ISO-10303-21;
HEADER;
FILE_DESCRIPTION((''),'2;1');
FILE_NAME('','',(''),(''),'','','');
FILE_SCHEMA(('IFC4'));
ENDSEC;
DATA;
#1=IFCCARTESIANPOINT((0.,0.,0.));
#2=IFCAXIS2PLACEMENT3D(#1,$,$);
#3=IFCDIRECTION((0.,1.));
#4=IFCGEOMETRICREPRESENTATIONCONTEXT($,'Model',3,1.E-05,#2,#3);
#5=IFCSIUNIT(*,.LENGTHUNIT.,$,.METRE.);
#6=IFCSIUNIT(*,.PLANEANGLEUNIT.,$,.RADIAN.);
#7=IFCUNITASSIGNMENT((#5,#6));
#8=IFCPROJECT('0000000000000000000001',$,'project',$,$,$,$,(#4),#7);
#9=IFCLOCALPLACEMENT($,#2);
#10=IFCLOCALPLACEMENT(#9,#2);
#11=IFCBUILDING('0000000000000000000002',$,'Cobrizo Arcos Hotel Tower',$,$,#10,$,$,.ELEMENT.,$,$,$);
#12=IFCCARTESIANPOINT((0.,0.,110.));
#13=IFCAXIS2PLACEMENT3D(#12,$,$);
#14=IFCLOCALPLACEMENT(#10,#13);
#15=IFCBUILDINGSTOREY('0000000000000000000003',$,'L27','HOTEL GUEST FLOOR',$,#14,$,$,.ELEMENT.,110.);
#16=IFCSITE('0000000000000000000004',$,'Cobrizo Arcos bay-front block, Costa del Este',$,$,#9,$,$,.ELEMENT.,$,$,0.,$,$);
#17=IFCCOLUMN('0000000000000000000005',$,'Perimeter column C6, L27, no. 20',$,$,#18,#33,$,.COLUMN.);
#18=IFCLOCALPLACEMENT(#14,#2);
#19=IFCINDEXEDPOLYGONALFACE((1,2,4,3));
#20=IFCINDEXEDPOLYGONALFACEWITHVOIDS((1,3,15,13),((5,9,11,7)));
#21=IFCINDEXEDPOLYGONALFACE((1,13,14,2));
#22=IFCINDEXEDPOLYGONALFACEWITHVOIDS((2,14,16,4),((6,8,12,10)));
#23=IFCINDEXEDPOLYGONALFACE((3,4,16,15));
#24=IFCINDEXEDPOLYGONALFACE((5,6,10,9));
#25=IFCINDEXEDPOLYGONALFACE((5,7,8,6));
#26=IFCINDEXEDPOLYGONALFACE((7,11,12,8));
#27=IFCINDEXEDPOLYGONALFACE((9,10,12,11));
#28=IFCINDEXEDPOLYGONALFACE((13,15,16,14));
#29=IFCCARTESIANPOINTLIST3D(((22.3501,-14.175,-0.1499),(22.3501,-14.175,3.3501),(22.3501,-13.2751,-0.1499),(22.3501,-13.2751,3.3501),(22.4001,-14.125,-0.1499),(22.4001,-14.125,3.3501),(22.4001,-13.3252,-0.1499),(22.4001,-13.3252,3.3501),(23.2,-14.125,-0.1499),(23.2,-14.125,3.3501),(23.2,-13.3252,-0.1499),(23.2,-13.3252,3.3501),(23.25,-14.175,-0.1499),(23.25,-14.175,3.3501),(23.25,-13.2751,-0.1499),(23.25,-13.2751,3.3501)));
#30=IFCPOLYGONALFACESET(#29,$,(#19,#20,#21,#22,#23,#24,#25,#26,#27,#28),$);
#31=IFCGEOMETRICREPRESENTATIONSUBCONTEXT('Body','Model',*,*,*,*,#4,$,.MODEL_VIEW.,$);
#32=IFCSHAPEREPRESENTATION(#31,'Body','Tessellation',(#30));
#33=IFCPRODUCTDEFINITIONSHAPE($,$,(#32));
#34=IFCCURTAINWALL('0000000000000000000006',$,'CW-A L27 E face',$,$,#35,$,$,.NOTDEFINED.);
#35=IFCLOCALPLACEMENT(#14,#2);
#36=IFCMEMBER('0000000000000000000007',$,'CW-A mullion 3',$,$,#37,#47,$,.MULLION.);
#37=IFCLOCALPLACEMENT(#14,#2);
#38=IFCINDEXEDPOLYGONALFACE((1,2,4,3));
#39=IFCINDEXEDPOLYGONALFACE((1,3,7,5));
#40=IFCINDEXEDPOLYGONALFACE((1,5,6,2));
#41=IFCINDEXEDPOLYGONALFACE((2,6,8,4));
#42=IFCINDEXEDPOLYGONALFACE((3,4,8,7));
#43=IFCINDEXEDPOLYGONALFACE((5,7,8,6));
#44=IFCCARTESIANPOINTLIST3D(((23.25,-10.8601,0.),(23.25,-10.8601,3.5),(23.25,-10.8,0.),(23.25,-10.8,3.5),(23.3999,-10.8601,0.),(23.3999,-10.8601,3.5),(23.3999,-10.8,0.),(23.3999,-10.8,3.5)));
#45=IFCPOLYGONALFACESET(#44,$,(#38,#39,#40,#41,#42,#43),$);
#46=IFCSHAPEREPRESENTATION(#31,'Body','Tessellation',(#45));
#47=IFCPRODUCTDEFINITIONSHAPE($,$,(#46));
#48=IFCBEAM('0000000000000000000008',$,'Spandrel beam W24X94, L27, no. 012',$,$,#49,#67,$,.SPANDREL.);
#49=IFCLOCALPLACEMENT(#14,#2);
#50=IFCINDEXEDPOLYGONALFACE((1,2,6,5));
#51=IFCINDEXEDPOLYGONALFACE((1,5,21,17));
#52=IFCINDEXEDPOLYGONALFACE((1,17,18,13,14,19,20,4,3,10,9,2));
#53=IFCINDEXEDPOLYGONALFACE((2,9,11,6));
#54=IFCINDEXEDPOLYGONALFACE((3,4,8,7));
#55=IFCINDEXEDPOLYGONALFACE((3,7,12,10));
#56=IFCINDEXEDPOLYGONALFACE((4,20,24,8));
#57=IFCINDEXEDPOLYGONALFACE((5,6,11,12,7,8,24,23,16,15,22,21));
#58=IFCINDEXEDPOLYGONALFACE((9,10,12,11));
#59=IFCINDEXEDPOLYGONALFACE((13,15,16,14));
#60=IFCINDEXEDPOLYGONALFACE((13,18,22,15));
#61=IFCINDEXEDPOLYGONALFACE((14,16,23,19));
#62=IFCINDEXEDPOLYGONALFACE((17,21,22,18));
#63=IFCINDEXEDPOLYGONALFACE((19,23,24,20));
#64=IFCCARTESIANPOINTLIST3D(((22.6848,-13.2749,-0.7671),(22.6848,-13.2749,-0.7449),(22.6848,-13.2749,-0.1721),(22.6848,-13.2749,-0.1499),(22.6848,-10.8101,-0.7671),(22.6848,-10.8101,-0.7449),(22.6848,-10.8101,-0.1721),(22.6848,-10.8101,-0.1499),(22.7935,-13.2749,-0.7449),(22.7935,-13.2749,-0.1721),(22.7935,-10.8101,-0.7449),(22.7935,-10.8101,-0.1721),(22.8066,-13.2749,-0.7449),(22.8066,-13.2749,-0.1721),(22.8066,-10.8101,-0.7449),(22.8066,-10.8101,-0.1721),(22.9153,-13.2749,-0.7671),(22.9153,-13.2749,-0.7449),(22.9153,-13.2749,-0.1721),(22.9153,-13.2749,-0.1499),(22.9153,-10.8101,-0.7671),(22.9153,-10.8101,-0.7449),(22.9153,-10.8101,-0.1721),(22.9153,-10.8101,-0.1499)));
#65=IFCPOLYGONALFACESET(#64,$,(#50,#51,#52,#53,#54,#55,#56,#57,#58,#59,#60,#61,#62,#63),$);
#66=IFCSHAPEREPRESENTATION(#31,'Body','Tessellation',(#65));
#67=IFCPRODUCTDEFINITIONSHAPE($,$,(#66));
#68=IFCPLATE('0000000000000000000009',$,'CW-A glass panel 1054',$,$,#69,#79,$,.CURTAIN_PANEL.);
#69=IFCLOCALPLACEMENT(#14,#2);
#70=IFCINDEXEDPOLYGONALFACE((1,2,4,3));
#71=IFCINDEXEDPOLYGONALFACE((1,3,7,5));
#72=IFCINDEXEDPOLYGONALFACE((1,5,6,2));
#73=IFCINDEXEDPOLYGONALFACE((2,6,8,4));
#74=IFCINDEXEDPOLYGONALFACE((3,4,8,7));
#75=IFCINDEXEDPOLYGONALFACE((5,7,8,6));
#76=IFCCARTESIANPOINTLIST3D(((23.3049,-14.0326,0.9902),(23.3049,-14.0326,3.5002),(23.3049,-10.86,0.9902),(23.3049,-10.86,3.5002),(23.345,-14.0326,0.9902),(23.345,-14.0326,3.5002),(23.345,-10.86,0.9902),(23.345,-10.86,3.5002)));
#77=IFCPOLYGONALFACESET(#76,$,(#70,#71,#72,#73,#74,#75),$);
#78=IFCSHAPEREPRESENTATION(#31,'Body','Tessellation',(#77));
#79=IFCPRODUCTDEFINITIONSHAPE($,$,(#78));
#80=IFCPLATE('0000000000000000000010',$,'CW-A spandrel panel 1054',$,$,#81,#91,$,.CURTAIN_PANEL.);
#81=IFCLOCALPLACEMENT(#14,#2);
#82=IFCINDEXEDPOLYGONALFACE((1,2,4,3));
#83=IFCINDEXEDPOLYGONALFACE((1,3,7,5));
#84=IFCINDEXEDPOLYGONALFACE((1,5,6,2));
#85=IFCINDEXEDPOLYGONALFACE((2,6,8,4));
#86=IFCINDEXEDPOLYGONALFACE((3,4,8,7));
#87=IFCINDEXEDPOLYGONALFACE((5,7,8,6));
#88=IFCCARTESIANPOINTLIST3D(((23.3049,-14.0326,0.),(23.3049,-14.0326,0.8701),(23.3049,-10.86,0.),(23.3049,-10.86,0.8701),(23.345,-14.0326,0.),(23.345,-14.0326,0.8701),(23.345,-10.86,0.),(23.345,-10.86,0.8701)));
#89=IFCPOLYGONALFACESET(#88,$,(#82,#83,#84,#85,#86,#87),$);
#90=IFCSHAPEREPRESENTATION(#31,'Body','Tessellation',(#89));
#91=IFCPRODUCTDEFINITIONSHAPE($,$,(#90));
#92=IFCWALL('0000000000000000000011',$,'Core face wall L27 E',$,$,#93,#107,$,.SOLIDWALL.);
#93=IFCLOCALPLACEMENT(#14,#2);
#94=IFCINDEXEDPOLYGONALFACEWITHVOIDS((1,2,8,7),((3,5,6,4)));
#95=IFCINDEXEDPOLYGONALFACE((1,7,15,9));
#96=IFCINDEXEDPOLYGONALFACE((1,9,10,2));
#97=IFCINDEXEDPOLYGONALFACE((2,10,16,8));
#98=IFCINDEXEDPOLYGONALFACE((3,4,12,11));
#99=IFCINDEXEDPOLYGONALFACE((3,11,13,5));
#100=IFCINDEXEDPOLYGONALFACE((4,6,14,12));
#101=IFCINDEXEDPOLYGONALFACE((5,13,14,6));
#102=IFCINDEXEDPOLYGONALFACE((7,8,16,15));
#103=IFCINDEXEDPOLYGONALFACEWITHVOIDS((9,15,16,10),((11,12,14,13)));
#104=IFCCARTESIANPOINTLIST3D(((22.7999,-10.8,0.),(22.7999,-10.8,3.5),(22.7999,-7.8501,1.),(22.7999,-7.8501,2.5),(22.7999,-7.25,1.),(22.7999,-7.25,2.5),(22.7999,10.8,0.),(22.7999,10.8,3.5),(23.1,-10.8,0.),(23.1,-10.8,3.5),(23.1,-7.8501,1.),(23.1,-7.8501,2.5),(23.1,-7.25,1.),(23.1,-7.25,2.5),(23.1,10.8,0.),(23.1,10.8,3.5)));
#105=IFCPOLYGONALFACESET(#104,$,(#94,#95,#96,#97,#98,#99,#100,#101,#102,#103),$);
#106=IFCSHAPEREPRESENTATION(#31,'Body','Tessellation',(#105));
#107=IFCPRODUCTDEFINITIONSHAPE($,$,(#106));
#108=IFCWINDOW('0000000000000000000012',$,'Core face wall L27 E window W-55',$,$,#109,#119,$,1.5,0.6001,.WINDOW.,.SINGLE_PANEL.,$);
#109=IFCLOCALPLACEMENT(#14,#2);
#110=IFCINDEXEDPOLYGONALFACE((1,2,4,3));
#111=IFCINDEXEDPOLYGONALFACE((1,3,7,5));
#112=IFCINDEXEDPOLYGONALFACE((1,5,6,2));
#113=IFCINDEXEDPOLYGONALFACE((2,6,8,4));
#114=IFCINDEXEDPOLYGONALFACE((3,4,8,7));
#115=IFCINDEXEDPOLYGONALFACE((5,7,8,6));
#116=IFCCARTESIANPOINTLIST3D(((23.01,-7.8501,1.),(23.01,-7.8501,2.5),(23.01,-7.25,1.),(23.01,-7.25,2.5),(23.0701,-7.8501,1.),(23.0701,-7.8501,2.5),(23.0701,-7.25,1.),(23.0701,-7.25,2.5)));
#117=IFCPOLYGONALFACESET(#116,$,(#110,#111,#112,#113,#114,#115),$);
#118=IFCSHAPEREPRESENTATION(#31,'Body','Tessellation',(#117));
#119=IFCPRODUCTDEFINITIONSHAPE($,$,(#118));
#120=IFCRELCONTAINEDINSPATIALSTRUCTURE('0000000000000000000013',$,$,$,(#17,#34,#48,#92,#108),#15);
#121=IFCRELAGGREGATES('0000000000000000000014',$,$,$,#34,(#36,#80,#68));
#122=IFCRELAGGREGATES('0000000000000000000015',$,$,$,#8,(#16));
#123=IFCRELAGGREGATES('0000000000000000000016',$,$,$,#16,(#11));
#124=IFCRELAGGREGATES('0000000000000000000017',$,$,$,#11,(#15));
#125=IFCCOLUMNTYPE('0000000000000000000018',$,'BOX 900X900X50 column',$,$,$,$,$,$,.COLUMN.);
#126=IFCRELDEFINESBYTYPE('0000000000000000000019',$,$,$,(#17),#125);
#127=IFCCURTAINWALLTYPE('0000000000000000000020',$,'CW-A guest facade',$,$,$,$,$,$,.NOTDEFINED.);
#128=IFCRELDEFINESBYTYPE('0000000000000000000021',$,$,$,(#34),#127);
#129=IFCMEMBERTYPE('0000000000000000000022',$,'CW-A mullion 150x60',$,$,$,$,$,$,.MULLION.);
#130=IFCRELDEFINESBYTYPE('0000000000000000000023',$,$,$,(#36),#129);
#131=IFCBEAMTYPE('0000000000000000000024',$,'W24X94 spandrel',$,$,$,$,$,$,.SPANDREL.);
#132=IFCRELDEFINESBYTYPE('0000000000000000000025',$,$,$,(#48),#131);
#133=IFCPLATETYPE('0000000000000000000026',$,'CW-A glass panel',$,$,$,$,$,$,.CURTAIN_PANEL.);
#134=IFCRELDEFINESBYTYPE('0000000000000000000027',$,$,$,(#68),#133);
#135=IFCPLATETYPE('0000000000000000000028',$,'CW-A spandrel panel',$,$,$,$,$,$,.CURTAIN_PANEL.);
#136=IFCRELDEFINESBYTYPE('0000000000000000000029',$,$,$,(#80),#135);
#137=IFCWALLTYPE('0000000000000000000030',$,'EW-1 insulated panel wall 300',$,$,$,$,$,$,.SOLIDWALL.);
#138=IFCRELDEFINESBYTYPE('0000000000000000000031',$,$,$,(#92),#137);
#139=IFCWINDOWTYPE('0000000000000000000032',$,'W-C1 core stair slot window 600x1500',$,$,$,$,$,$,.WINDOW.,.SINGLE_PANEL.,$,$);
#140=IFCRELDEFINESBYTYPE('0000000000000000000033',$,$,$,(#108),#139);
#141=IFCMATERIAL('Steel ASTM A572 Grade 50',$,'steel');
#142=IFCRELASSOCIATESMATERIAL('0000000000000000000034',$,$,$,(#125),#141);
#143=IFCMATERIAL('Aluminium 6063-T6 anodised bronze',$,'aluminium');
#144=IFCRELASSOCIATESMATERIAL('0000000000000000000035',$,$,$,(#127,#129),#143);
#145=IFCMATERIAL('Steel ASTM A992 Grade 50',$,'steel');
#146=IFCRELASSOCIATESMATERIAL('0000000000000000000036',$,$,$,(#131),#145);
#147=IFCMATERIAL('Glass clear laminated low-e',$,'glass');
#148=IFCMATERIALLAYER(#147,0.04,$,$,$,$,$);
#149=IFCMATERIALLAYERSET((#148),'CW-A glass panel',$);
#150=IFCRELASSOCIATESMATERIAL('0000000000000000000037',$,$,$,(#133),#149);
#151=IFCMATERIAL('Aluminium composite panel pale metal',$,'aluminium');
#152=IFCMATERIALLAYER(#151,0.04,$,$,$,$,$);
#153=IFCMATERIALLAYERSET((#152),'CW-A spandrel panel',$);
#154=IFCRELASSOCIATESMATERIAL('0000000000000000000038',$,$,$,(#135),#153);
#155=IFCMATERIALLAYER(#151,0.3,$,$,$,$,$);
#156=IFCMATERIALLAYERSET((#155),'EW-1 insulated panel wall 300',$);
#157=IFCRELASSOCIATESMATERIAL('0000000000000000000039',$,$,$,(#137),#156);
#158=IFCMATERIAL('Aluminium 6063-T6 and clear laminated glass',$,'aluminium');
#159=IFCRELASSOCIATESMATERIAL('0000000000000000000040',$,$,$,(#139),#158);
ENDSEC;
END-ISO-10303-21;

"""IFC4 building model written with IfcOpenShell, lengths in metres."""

from ifc_helpers import new_model, si_unit, direction, frame, frame_2d, origin, origin_2d, place, context, subcontext, project, spatial, rectangle, hollow_rectangle, i_section, extrude, material, layer, layer_set, material_profile, profile_set, type_object, element, fill, aggregate, save


model = new_model("IFC4")

# Units and contexts
model_context = context("Model", 3, precision=1e-05, world=origin(), true_north=direction((0.0, 1.0)))
body_context = subcontext(model_context, "Body", "Model", "MODEL_VIEW")
ifc_project = project(units=[si_unit("LENGTHUNIT", "METRE"), si_unit("PLANEANGLEUNIT", "RADIAN")], contexts=[model_context])

# Site, building, storey
site_placement = place(None, origin())
site = spatial("IfcSite", under=ifc_project, at=site_placement, Name="Cobrizo Arcos bay-front block, Costa del Este", CompositionType="ELEMENT", RefElevation=0.0)
building_placement = place(site_placement, origin())
building = spatial("IfcBuilding", under=site, at=building_placement, Name="Cobrizo Arcos Hotel Tower", CompositionType="ELEMENT")
storey_placement = place(building_placement, frame((0.0, 0.0, 110.0)))
storey = spatial("IfcBuildingStorey", under=building, at=storey_placement, Name="L27", Description="HOTEL GUEST FLOOR", CompositionType="ELEMENT", Elevation=110.0)

# Column
ifc_material_1 = material(Name="Steel ASTM A572 Grade 50", Category="steel")
ifc_material_profile_1 = material_profile(ifc_material_1, hollow_rectangle(XDim=0.8999, YDim=0.8999, WallThickness=0.05, at=origin_2d()), Name="BOX 900X900X50")
ifc_profile_set_1 = profile_set([ifc_material_profile_1], Name="Steel ASTM A572 Grade 50")
column_type = type_object("IfcColumnType", Name="BOX 900X900X50 column", PredefinedType="COLUMN", material=ifc_profile_set_1)
column_placement = place(storey_placement, frame((22.8, -13.7251, -0.1499), z_axis=(0.0, 0.0, 1.0), x_axis=(1.0, 0.0, 0.0)))
element("IfcColumn", 1, at=column_placement, inside=storey, type_object=column_type, Name="Perimeter column C6, L27, no. 20", PredefinedType="COLUMN", context=body_context, shape_type="SweptSolid", body=[
    extrude(hollow_rectangle(XDim=0.8999, YDim=0.8999, WallThickness=0.05, at=origin_2d()), origin(), (0.0, 0.0, 1.0), 3.5),
])

# Curtain wall, member
ifc_material_2 = material(Name="Aluminium 6063-T6 anodised bronze", Category="aluminium")
curtain_wall_type = type_object("IfcCurtainWallType", Name="CW-A guest facade", PredefinedType="NOTDEFINED", material=ifc_material_2)
curtain_wall_placement = place(storey_placement, origin())
curtain_wall = element("IfcCurtainWall", 2, at=curtain_wall_placement, inside=storey, type_object=curtain_wall_type, Name="CW-A L27 E face", PredefinedType="NOTDEFINED")
ifc_material_profile_2 = material_profile(ifc_material_2, rectangle(XDim=0.1499, YDim=0.0601, at=origin_2d()), Name="CW-A mullion 150x60")
ifc_profile_set_2 = profile_set([ifc_material_profile_2], Name="Aluminium 6063-T6 anodised bronze")
member_type = type_object("IfcMemberType", Name="CW-A mullion 150x60", PredefinedType="MULLION", material=ifc_profile_set_2)
member_placement = place(storey_placement, frame((23.325, -10.8301, 0.0), z_axis=(0.0, 0.0, 1.0), x_axis=(1.0, 0.0, 0.0)))
member = element("IfcMember", 3, at=member_placement, type_object=member_type, Name="CW-A mullion 3", PredefinedType="MULLION", context=body_context, shape_type="SweptSolid", body=[
    extrude(rectangle(XDim=0.1499, YDim=0.0601, at=origin_2d()), origin(), (0.0, 0.0, 1.0), 3.5),
])

# Beam
ifc_material_3 = material(Name="Steel ASTM A992 Grade 50", Category="steel")
ifc_material_profile_3 = material_profile(ifc_material_3, i_section(OverallWidth=0.2305, OverallDepth=0.6172, WebThickness=0.0132, FlangeThickness=0.0222, at=origin_2d()), Name="W24X94")
ifc_profile_set_3 = profile_set([ifc_material_profile_3], Name="Steel ASTM A992 Grade 50")
beam_type = type_object("IfcBeamType", Name="W24X94 spandrel", PredefinedType="SPANDREL", material=ifc_profile_set_3)
beam_placement = place(storey_placement, frame((22.8, -13.2749, -0.4585), z_axis=(0.0, 1.0, 0.0), x_axis=(-1.0, 0.0, 0.0)))
element("IfcBeam", 4, at=beam_placement, inside=storey, type_object=beam_type, Name="Spandrel beam W24X94, L27, no. 012", PredefinedType="SPANDREL", context=body_context, shape_type="SweptSolid", body=[
    extrude(i_section(OverallWidth=0.2305, OverallDepth=0.6172, WebThickness=0.0132, FlangeThickness=0.0222, at=origin_2d()), origin(), (0.0, 0.0, 1.0), 2.4648),
])

# Plates
ifc_material_4 = material(Name="Glass clear laminated low-e", Category="glass")
ifc_layer_1 = layer(ifc_material_4, 0.04)
ifc_layer_set_1 = layer_set([ifc_layer_1], Name="CW-A glass panel")
plate_type_1 = type_object("IfcPlateType", Name="CW-A glass panel", PredefinedType="CURTAIN_PANEL", material=ifc_layer_set_1)
plate_1_placement = place(storey_placement, frame((23.325, -12.4463, 0.9902), z_axis=(0.0, 0.0, 1.0), x_axis=(0.0, 1.0, 0.0)))
plate_1 = element("IfcPlate", 5, at=plate_1_placement, type_object=plate_type_1, Name="CW-A glass panel 1054", PredefinedType="CURTAIN_PANEL", context=body_context, shape_type="SweptSolid", body=[
    extrude(rectangle(XDim=3.1726, YDim=0.04, at=origin_2d()), origin(), (0.0, 0.0, 1.0), 2.51),
])
ifc_material_5 = material(Name="Aluminium composite panel pale metal", Category="aluminium")
ifc_layer_2 = layer(ifc_material_5, 0.04)
ifc_layer_set_2 = layer_set([ifc_layer_2], Name="CW-A spandrel panel")
plate_type_2 = type_object("IfcPlateType", Name="CW-A spandrel panel", PredefinedType="CURTAIN_PANEL", material=ifc_layer_set_2)
plate_2_placement = place(storey_placement, frame((23.325, -12.4463, 0.0), z_axis=(0.0, 0.0, 1.0), x_axis=(0.0, 1.0, 0.0)))
plate_2 = element("IfcPlate", 6, at=plate_2_placement, type_object=plate_type_2, Name="CW-A spandrel panel 1054", PredefinedType="CURTAIN_PANEL", context=body_context, shape_type="SweptSolid", body=[
    extrude(rectangle(XDim=3.1726, YDim=0.04, at=origin_2d()), origin(), (0.0, 0.0, 1.0), 0.8701),
])
aggregate(curtain_wall, [member, plate_2, plate_1])

# Wall, opening, window
ifc_layer_3 = layer(ifc_material_5, 0.3)
ifc_layer_set_3 = layer_set([ifc_layer_3], Name="EW-1 insulated panel wall 300")
wall_type_1 = type_object("IfcWallType", Name="EW-1 insulated panel wall 300", PredefinedType="SOLIDWALL", material=ifc_layer_set_3)
wall_1_placement = place(storey_placement, frame((22.95, -10.8, 0.0), z_axis=(0.0, 0.0, 1.0), x_axis=(0.0, 1.0, 0.0)))
wall_1 = element("IfcWall", 7, at=wall_1_placement, inside=storey, type_object=wall_type_1, Name="Core face wall L27 E", PredefinedType="SOLIDWALL", context=body_context, shape_type="SweptSolid", body=[
    extrude(rectangle(XDim=21.6001, YDim=0.3, at=frame_2d((10.8, 0.0))), origin(), (0.0, 0.0, 1.0), 3.5),
])
opening_1_placement = place(wall_1_placement, frame((2.95, 0.0, 1.0)))
opening_1 = element("IfcOpeningElement", 8, at=opening_1_placement, cuts=wall_1, PredefinedType="OPENING", context=body_context, shape_type="SweptSolid", body=[
    extrude(rectangle(XDim=0.6001, YDim=1.5, at=frame_2d((0.3, 0.75))), frame((0.0, 0.1621, 0.0), z_axis=(0.0, -1.0, 0.0), x_axis=(1.0, 0.0, 0.0)), (0.0, 0.0, 1.0), 0.324),
])
ifc_material_6 = material(Name="Aluminium 6063-T6 and clear laminated glass", Category="aluminium")
window_type = type_object("IfcWindowType", Name="W-C1 core stair slot window 600x1500", PartitioningType="SINGLE_PANEL", PredefinedType="WINDOW", material=ifc_material_6)
window_placement = place(opening_1_placement, origin())
window = element("IfcWindow", 9, at=window_placement, inside=storey, type_object=window_type, Name="Core face wall L27 E window W-55", OverallHeight=1.5, OverallWidth=0.6001, PartitioningType="SINGLE_PANEL", PredefinedType="WINDOW", context=body_context, shape_type="SweptSolid", body=[
    extrude(rectangle(XDim=0.6001, YDim=1.5, at=frame_2d((0.3, 0.75))), frame((0.0, -0.0601, 0.0), z_axis=(0.0, -1.0, 0.0), x_axis=(1.0, 0.0, 0.0)), (0.0, 0.0, 1.0), 0.0601),
])
fill(opening_1, window)

save(model, "model.ifc")
